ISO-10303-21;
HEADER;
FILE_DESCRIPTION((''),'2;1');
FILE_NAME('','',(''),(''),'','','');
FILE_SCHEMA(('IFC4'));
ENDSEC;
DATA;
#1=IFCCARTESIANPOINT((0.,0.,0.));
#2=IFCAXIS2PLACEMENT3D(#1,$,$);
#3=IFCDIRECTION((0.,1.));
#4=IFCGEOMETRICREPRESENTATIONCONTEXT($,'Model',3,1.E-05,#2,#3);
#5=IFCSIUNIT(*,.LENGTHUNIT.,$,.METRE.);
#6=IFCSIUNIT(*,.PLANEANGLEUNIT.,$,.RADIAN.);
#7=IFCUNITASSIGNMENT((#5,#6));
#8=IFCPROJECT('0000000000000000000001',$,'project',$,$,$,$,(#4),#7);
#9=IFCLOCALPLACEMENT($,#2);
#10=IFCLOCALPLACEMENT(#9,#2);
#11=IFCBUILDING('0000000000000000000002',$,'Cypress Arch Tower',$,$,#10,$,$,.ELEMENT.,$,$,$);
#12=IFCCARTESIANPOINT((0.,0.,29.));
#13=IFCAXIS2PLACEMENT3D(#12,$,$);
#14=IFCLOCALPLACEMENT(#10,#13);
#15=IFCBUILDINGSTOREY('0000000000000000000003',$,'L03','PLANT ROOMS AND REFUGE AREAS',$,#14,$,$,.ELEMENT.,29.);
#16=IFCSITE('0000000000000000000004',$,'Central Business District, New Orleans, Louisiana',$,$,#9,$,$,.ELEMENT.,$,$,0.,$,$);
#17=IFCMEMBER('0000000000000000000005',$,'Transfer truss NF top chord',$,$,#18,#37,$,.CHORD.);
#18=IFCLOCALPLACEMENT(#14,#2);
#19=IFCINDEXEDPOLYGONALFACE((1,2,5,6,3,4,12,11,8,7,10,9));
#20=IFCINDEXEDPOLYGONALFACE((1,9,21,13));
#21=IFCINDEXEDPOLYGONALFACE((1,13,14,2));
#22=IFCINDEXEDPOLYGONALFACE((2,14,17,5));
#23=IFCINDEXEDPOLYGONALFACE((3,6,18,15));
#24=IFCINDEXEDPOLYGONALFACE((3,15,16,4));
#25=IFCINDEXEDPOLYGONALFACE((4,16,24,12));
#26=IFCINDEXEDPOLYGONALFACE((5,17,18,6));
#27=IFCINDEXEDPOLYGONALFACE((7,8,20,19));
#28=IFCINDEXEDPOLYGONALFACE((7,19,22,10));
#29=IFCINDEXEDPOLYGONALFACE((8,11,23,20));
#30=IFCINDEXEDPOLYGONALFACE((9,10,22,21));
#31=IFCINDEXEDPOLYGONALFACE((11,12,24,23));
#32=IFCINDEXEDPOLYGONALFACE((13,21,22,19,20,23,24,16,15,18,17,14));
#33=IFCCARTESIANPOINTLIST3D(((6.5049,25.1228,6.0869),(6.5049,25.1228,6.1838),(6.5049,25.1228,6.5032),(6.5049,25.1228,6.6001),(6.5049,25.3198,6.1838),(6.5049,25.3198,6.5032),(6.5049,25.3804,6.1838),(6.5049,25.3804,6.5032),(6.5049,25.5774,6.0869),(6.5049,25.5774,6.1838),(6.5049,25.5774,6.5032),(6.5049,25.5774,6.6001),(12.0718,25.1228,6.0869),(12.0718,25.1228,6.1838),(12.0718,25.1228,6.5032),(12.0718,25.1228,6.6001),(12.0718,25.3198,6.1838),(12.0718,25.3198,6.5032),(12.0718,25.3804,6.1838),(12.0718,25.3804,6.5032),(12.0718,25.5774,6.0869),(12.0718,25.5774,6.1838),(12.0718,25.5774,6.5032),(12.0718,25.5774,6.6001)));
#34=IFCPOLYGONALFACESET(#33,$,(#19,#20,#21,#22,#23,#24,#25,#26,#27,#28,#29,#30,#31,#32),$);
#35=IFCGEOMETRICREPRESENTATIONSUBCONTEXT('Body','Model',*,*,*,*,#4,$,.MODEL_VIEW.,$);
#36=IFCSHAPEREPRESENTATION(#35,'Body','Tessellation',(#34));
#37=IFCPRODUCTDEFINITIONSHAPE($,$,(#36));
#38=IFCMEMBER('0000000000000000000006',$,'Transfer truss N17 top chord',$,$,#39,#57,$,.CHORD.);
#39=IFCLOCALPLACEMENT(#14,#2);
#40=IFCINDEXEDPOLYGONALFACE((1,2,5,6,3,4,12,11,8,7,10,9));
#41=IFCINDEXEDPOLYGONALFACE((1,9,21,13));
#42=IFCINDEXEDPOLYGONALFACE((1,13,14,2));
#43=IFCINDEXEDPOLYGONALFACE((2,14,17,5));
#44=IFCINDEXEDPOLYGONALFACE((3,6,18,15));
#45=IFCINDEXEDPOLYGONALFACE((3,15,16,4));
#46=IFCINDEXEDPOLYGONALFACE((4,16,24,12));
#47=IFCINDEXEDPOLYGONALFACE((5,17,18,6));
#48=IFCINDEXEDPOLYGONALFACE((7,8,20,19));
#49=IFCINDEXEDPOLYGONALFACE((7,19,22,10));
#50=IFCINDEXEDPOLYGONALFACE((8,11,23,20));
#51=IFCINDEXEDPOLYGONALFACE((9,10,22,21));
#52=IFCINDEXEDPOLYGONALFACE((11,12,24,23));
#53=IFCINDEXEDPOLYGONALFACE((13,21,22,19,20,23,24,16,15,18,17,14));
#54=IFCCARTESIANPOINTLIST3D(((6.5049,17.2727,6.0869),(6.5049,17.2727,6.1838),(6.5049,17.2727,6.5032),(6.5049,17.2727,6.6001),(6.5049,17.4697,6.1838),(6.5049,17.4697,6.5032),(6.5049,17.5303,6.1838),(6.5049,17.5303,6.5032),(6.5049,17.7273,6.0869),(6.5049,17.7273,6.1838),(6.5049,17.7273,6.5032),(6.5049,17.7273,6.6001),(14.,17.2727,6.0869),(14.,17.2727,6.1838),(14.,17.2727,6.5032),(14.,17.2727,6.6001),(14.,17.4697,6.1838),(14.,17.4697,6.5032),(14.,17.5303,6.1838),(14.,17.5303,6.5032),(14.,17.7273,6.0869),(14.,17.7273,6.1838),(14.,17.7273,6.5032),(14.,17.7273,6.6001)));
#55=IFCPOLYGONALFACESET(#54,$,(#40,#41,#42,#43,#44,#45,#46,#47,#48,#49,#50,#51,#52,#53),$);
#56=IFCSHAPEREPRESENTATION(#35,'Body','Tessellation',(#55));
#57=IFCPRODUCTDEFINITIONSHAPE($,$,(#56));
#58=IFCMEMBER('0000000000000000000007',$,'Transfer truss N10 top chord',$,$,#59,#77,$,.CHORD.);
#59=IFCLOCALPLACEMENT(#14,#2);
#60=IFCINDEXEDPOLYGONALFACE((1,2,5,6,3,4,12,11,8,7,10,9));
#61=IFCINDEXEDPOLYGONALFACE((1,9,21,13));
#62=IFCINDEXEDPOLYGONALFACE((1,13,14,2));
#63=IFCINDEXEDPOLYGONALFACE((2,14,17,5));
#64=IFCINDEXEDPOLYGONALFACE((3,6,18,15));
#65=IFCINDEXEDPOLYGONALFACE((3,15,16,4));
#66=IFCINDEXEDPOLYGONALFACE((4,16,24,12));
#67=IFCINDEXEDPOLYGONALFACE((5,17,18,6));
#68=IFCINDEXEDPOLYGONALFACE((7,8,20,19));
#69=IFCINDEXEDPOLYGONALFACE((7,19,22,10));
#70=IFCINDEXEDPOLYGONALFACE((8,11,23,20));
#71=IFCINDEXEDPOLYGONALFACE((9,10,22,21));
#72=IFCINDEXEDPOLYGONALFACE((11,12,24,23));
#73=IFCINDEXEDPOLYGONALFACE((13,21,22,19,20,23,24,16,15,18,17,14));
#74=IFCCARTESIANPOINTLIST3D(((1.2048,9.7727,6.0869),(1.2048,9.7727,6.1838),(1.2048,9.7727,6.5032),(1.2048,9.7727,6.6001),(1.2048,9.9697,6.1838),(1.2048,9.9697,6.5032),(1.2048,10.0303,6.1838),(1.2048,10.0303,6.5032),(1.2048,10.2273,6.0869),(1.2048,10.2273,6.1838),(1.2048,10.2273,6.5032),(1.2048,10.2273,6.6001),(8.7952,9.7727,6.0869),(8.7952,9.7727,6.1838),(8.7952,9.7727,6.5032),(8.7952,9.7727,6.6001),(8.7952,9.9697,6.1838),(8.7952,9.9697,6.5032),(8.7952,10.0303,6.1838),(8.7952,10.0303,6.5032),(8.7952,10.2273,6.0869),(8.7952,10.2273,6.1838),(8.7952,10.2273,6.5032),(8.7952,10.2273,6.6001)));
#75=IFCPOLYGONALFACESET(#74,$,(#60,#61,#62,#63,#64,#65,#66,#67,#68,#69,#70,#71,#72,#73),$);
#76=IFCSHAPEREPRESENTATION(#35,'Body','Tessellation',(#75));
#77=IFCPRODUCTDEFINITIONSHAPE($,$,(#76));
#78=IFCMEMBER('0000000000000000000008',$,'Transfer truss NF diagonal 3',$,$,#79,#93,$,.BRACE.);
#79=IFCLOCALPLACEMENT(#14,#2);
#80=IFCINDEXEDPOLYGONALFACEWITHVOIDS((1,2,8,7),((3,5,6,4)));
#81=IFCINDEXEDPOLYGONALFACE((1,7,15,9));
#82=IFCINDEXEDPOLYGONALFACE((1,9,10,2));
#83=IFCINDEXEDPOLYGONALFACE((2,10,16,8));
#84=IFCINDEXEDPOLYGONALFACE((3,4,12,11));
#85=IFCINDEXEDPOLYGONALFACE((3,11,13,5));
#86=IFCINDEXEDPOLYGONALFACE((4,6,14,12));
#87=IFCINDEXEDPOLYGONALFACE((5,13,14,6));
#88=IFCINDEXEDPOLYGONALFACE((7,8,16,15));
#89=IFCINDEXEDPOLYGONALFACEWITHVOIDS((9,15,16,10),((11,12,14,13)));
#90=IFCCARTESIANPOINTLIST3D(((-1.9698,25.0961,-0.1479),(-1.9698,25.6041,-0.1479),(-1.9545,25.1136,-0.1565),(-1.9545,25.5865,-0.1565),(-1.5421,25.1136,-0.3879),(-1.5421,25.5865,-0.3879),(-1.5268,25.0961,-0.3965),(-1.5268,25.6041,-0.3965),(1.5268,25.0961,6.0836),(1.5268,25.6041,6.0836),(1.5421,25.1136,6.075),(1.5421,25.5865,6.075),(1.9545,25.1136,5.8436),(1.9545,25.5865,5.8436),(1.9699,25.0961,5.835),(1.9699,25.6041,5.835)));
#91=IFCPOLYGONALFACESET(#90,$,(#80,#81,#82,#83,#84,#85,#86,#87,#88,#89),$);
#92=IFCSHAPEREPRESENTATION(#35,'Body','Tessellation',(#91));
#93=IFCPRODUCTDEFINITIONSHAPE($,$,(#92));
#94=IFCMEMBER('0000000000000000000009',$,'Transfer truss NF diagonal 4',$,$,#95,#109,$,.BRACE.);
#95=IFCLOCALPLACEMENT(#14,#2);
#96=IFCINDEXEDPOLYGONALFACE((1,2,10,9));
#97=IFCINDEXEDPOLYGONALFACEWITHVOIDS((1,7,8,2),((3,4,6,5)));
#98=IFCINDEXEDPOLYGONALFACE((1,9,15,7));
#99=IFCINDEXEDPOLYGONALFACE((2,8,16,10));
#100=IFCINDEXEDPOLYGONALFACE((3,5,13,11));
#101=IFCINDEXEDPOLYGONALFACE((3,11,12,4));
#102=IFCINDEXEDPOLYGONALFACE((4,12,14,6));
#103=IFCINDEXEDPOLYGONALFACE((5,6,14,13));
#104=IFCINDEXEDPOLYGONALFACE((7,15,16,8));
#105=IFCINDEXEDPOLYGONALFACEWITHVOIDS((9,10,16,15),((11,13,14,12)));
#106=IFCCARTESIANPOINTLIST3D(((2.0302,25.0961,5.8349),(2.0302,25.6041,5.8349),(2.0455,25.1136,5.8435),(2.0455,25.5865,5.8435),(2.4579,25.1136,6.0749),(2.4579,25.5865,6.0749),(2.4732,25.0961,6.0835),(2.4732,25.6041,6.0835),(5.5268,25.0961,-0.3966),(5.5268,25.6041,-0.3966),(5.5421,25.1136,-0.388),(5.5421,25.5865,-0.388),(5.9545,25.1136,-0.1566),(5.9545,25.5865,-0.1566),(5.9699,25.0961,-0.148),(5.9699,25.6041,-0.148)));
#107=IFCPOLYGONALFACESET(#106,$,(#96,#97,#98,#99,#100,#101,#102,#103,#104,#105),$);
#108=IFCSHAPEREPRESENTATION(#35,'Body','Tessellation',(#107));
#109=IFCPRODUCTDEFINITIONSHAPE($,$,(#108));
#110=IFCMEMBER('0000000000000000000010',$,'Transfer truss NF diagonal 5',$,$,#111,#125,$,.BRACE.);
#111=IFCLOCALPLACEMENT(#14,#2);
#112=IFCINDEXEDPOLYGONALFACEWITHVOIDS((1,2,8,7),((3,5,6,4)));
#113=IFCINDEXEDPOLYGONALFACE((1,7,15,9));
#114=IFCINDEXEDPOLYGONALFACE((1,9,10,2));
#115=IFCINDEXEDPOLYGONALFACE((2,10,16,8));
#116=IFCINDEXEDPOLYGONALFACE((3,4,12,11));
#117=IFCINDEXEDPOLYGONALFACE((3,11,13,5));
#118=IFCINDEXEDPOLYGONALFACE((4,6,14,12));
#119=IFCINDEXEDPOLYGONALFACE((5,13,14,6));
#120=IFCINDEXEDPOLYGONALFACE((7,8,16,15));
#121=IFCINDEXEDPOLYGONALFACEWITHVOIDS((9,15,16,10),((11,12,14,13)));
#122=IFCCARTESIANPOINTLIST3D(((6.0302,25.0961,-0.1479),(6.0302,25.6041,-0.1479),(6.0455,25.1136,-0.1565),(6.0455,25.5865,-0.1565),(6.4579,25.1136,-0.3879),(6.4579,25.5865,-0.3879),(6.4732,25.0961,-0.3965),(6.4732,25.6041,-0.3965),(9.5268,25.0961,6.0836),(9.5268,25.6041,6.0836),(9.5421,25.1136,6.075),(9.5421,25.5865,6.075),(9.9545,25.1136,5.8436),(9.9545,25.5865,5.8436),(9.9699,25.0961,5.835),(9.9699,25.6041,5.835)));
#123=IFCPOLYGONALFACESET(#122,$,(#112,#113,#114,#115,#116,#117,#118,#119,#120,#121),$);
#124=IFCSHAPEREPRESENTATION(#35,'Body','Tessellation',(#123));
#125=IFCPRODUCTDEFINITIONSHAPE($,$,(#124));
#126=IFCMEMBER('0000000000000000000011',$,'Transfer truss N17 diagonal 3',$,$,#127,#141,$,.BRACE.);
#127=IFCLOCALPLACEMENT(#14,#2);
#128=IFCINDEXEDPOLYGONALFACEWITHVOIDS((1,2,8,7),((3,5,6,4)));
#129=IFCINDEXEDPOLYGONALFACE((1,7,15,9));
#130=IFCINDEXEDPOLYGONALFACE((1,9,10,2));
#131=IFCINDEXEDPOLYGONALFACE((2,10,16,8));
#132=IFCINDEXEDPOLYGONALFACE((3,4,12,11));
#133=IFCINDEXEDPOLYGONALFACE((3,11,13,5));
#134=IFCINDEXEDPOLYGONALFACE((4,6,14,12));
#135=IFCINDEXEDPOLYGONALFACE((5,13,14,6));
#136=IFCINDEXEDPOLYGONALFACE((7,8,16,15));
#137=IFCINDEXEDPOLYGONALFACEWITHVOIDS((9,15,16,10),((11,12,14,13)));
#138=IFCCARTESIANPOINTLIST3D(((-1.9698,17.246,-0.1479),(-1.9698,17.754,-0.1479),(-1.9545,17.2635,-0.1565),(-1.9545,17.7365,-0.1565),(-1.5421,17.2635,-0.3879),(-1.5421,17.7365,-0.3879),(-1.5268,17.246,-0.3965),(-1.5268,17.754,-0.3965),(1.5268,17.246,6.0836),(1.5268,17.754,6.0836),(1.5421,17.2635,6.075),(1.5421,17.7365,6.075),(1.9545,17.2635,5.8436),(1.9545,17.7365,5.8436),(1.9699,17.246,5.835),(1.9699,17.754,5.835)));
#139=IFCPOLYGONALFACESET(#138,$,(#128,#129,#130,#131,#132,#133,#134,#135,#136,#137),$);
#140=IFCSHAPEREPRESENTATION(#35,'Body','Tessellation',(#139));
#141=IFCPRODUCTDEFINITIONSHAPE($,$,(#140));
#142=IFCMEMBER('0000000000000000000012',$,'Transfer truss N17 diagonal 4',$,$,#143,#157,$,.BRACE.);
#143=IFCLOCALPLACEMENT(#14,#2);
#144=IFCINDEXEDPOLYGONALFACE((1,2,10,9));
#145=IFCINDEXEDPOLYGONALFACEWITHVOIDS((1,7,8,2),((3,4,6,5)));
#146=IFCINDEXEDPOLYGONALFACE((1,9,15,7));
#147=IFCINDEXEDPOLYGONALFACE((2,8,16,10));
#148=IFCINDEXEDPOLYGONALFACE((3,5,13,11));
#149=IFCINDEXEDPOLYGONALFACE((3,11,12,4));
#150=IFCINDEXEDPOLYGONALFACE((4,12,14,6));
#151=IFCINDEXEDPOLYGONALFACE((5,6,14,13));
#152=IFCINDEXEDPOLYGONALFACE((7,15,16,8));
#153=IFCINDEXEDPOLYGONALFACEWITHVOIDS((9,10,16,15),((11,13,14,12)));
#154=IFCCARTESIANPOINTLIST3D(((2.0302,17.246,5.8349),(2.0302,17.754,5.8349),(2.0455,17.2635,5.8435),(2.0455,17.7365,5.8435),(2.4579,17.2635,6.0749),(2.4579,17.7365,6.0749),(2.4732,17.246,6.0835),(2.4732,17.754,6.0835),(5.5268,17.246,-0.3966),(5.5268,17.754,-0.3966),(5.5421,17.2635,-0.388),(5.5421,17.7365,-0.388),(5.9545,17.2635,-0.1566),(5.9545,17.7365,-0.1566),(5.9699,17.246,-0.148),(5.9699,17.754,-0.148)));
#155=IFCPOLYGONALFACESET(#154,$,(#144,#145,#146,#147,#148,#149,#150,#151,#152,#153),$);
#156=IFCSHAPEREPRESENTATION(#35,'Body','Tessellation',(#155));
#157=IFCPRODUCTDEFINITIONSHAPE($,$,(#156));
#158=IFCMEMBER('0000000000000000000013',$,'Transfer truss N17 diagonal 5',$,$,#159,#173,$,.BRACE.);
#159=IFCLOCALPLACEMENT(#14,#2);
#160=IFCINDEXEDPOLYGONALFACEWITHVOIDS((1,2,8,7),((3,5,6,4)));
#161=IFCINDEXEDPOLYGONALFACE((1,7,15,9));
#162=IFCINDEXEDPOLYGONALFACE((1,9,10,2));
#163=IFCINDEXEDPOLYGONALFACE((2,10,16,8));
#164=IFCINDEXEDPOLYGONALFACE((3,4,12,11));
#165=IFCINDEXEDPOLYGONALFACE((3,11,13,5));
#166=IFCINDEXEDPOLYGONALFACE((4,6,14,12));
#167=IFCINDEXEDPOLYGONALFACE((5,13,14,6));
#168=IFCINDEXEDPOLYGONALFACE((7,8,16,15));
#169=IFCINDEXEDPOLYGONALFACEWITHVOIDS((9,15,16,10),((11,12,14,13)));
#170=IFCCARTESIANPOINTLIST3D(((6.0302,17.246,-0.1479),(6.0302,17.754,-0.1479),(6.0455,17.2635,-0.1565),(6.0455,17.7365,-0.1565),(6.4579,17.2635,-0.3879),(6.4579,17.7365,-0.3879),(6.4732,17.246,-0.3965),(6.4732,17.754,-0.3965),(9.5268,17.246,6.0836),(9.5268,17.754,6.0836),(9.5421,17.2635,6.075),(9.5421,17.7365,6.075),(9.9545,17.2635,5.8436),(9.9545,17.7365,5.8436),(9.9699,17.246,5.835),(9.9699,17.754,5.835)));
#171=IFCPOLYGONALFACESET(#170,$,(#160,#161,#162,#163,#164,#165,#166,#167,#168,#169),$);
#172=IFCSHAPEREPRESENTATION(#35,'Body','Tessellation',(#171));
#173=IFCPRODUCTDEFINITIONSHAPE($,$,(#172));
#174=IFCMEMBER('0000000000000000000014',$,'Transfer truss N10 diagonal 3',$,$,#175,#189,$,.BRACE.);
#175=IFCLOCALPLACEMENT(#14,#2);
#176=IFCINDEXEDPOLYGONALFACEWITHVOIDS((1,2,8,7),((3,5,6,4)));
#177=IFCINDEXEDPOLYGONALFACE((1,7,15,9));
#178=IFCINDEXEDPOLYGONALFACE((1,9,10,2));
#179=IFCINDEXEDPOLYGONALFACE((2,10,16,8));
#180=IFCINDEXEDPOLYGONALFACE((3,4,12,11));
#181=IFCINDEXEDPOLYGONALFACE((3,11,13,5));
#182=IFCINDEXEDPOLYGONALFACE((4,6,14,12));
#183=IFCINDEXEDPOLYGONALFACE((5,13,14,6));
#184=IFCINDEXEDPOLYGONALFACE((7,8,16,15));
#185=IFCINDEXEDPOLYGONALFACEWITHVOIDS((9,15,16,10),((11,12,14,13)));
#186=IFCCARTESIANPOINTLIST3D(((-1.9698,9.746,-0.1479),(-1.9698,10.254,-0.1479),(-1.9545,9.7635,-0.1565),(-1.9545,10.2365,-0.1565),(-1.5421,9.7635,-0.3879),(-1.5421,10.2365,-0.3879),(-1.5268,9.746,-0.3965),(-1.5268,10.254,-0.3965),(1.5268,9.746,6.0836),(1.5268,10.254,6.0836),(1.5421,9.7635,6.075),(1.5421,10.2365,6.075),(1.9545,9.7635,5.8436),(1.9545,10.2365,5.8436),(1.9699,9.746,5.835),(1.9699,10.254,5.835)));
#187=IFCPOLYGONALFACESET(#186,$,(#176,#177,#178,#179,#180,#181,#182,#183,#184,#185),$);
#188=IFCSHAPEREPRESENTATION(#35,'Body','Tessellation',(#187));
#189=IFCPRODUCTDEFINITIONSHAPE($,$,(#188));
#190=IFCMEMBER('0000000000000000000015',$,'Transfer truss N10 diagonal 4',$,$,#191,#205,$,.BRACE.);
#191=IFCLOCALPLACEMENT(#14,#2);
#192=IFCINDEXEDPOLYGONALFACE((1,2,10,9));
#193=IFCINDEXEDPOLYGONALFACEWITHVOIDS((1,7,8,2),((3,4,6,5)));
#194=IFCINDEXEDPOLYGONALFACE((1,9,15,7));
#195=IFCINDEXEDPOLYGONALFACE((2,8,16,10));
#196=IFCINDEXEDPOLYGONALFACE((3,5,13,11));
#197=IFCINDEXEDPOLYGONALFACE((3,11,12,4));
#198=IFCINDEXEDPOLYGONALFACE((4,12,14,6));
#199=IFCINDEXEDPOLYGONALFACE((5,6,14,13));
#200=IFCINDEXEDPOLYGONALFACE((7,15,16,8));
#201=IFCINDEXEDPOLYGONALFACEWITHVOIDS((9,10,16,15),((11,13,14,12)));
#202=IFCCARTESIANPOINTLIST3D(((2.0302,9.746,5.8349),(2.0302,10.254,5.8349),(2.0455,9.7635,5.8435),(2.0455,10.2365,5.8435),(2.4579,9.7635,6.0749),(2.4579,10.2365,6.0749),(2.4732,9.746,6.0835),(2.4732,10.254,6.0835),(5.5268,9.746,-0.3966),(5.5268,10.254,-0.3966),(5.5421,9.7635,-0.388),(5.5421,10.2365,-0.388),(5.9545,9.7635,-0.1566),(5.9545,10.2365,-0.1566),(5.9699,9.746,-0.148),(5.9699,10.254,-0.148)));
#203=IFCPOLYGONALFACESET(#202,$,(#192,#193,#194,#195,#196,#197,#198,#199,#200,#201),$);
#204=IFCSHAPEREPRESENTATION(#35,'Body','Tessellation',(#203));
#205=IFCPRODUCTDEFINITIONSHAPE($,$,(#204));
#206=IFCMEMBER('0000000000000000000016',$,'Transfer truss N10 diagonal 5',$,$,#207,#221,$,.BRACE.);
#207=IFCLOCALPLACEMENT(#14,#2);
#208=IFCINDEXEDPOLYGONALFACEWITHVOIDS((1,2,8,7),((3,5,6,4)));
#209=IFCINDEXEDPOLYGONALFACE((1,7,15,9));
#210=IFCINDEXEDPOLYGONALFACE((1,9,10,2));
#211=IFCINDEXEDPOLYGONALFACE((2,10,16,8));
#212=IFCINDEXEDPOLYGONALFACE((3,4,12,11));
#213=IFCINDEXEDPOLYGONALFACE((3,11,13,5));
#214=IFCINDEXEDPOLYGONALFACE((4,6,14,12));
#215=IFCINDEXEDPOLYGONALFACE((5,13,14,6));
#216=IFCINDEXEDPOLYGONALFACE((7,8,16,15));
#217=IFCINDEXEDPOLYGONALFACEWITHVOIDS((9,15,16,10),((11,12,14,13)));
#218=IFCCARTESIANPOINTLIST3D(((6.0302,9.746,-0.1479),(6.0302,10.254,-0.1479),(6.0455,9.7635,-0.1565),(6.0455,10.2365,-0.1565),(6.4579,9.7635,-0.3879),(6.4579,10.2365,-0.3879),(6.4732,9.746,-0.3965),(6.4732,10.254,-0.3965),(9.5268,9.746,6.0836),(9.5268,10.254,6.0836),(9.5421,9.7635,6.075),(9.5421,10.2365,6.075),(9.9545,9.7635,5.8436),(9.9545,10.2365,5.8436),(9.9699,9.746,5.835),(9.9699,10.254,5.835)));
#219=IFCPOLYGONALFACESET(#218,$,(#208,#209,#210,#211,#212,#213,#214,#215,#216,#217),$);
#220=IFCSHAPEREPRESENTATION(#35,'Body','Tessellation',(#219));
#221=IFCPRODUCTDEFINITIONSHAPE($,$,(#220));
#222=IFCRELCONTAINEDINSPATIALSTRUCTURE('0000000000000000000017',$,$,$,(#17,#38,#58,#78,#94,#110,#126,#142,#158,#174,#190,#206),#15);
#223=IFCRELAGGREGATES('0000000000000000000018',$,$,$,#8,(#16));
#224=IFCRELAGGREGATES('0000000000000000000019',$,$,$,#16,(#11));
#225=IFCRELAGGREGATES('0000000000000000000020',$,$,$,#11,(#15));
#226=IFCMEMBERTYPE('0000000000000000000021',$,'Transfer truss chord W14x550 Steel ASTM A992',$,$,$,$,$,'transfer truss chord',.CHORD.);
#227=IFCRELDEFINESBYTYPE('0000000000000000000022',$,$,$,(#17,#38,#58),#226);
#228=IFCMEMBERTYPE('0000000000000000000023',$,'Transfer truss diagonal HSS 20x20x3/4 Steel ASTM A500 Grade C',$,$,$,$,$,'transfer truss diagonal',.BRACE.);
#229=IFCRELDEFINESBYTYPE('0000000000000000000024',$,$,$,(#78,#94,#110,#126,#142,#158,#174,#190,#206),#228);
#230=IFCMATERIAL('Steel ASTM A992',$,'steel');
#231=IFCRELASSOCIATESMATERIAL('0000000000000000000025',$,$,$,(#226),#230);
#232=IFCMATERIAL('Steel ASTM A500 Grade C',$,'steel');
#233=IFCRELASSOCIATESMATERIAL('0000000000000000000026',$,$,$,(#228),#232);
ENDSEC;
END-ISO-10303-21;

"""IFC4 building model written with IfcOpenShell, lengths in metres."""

from ifc_helpers import new_model, si_unit, direction, frame, origin, origin_2d, place, context, subcontext, project, spatial, hollow_rectangle, i_section, extrude, material, material_profile, profile_set, type_object, element, save


model = new_model("IFC4")

# Units and contexts
model_context = context("Model", 3, precision=1e-05, world=origin(), true_north=direction((0.0, 1.0)))
body_context = subcontext(model_context, "Body", "Model", "MODEL_VIEW")
ifc_project = project(units=[si_unit("LENGTHUNIT", "METRE"), si_unit("PLANEANGLEUNIT", "RADIAN")], contexts=[model_context])

# Site, building, storey
site_placement = place(None, origin())
site = spatial("IfcSite", under=ifc_project, at=site_placement, Name="Central Business District, New Orleans, Louisiana", CompositionType="ELEMENT", RefElevation=0.0)
building_placement = place(site_placement, origin())
building = spatial("IfcBuilding", under=site, at=building_placement, Name="Cypress Arch Tower", CompositionType="ELEMENT")
storey_placement = place(building_placement, frame((0.0, 0.0, 29.0)))
storey = spatial("IfcBuildingStorey", under=building, at=storey_placement, Name="L03", Description="PLANT ROOMS AND REFUGE AREAS", CompositionType="ELEMENT", Elevation=29.0)

# Members
ifc_material_1 = material(Name="Steel ASTM A992", Category="steel")
ifc_material_profile_1 = material_profile(ifc_material_1, i_section(OverallWidth=0.4546, OverallDepth=0.5132, WebThickness=0.0605, FlangeThickness=0.0969, at=origin_2d()), Name="W14x550")
ifc_profile_set_1 = profile_set([ifc_material_profile_1], Name="Steel ASTM A992")
member_type_1 = type_object("IfcMemberType", Name="Transfer truss chord W14x550 Steel ASTM A992", ElementType="transfer truss chord", PredefinedType="CHORD", material=ifc_profile_set_1)
member_1_placement = place(storey_placement, frame((6.5049, 25.3501, 6.3435), z_axis=(1.0, 0.0, 0.0), x_axis=(0.0, 1.0, 0.0)))
element("IfcMember", 1, at=member_1_placement, inside=storey, type_object=member_type_1, Name="Transfer truss NF top chord", PredefinedType="CHORD", context=body_context, shape_type="SweptSolid", body=[
    extrude(i_section(OverallWidth=0.4546, OverallDepth=0.5132, WebThickness=0.0605, FlangeThickness=0.0969, at=origin_2d()), origin(), (0.0, 0.0, 1.0), 5.5669),
])
member_2_placement = place(storey_placement, frame((6.5049, 17.5, 6.3435), z_axis=(1.0, 0.0, 0.0), x_axis=(0.0, 1.0, 0.0)))
element("IfcMember", 2, at=member_2_placement, inside=storey, type_object=member_type_1, Name="Transfer truss N17 top chord", PredefinedType="CHORD", context=body_context, shape_type="SweptSolid", body=[
    extrude(i_section(OverallWidth=0.4546, OverallDepth=0.5132, WebThickness=0.0605, FlangeThickness=0.0969, at=origin_2d()), origin(), (0.0, 0.0, 1.0), 7.4951),
])
member_3_placement = place(storey_placement, frame((1.2048, 10.0, 6.3435), z_axis=(1.0, 0.0, 0.0), x_axis=(0.0, 1.0, 0.0)))
element("IfcMember", 3, at=member_3_placement, inside=storey, type_object=member_type_1, Name="Transfer truss N10 top chord", PredefinedType="CHORD", context=body_context, shape_type="SweptSolid", body=[
    extrude(i_section(OverallWidth=0.4546, OverallDepth=0.5132, WebThickness=0.0605, FlangeThickness=0.0969, at=origin_2d()), origin(), (0.0, 0.0, 1.0), 7.5903),
])
ifc_material_2 = material(Name="Steel ASTM A500 Grade C", Category="steel")
ifc_material_profile_2 = material_profile(ifc_material_2, hollow_rectangle(XDim=0.5081, YDim=0.5081, WallThickness=0.0176, at=origin_2d()), Name="HSS 20x20x3/4")
ifc_profile_set_2 = profile_set([ifc_material_profile_2], Name="Steel ASTM A500 Grade C")
member_type_2 = type_object("IfcMemberType", Name="Transfer truss diagonal HSS 20x20x3/4 Steel ASTM A500 Grade C", ElementType="transfer truss diagonal", PredefinedType="BRACE", material=ifc_profile_set_2)
for number, where, z_axis, x_axis, name in (
    (4, (-1.7483, 25.3501, -0.2722), (0.489346, 0.0, 0.87209), (0.0, 1.0, 0.0), "Transfer truss NF diagonal 3"),
    (5, (2.2517, 25.3501, 5.9592), (0.489346, 0.0, -0.87209), (0.0, 1.0, 0.0), "Transfer truss NF diagonal 4"),
    (6, (6.2517, 25.3501, -0.2722), (0.489346, 0.0, 0.87209), (0.0, 1.0, 0.0), "Transfer truss NF diagonal 5"),
    (7, (-1.7483, 17.5, -0.2722), (0.489346, 0.0, 0.87209), (0.0, 1.0, 0.0), "Transfer truss N17 diagonal 3"),
    (8, (2.2517, 17.5, 5.9592), (0.489346, 0.0, -0.87209), (0.0, 1.0, 0.0), "Transfer truss N17 diagonal 4"),
    (9, (6.2517, 17.5, -0.2722), (0.489346, 0.0, 0.87209), (0.0, 1.0, 0.0), "Transfer truss N17 diagonal 5"),
    (10, (-1.7483, 10.0, -0.2722), (0.489346, 0.0, 0.87209), (0.0, 1.0, 0.0), "Transfer truss N10 diagonal 3"),
    (11, (2.2517, 10.0, 5.9592), (0.489346, 0.0, -0.87209), (0.0, 1.0, 0.0), "Transfer truss N10 diagonal 4"),
    (12, (6.2517, 10.0, -0.2722), (0.489346, 0.0, 0.87209), (0.0, 1.0, 0.0), "Transfer truss N10 diagonal 5"),
):
    element("IfcMember", number, at=place(storey_placement, frame(where, z_axis=z_axis, x_axis=x_axis)), inside=storey, type_object=member_type_2, Name=name, PredefinedType="BRACE", context=body_context, shape_type="SweptSolid", body=[
        extrude(hollow_rectangle(XDim=0.5081, YDim=0.5081, WallThickness=0.0176, at=origin_2d()), origin(), (0.0, 0.0, 1.0), 7.1455),
    ])

save(model, "model.ifc")
